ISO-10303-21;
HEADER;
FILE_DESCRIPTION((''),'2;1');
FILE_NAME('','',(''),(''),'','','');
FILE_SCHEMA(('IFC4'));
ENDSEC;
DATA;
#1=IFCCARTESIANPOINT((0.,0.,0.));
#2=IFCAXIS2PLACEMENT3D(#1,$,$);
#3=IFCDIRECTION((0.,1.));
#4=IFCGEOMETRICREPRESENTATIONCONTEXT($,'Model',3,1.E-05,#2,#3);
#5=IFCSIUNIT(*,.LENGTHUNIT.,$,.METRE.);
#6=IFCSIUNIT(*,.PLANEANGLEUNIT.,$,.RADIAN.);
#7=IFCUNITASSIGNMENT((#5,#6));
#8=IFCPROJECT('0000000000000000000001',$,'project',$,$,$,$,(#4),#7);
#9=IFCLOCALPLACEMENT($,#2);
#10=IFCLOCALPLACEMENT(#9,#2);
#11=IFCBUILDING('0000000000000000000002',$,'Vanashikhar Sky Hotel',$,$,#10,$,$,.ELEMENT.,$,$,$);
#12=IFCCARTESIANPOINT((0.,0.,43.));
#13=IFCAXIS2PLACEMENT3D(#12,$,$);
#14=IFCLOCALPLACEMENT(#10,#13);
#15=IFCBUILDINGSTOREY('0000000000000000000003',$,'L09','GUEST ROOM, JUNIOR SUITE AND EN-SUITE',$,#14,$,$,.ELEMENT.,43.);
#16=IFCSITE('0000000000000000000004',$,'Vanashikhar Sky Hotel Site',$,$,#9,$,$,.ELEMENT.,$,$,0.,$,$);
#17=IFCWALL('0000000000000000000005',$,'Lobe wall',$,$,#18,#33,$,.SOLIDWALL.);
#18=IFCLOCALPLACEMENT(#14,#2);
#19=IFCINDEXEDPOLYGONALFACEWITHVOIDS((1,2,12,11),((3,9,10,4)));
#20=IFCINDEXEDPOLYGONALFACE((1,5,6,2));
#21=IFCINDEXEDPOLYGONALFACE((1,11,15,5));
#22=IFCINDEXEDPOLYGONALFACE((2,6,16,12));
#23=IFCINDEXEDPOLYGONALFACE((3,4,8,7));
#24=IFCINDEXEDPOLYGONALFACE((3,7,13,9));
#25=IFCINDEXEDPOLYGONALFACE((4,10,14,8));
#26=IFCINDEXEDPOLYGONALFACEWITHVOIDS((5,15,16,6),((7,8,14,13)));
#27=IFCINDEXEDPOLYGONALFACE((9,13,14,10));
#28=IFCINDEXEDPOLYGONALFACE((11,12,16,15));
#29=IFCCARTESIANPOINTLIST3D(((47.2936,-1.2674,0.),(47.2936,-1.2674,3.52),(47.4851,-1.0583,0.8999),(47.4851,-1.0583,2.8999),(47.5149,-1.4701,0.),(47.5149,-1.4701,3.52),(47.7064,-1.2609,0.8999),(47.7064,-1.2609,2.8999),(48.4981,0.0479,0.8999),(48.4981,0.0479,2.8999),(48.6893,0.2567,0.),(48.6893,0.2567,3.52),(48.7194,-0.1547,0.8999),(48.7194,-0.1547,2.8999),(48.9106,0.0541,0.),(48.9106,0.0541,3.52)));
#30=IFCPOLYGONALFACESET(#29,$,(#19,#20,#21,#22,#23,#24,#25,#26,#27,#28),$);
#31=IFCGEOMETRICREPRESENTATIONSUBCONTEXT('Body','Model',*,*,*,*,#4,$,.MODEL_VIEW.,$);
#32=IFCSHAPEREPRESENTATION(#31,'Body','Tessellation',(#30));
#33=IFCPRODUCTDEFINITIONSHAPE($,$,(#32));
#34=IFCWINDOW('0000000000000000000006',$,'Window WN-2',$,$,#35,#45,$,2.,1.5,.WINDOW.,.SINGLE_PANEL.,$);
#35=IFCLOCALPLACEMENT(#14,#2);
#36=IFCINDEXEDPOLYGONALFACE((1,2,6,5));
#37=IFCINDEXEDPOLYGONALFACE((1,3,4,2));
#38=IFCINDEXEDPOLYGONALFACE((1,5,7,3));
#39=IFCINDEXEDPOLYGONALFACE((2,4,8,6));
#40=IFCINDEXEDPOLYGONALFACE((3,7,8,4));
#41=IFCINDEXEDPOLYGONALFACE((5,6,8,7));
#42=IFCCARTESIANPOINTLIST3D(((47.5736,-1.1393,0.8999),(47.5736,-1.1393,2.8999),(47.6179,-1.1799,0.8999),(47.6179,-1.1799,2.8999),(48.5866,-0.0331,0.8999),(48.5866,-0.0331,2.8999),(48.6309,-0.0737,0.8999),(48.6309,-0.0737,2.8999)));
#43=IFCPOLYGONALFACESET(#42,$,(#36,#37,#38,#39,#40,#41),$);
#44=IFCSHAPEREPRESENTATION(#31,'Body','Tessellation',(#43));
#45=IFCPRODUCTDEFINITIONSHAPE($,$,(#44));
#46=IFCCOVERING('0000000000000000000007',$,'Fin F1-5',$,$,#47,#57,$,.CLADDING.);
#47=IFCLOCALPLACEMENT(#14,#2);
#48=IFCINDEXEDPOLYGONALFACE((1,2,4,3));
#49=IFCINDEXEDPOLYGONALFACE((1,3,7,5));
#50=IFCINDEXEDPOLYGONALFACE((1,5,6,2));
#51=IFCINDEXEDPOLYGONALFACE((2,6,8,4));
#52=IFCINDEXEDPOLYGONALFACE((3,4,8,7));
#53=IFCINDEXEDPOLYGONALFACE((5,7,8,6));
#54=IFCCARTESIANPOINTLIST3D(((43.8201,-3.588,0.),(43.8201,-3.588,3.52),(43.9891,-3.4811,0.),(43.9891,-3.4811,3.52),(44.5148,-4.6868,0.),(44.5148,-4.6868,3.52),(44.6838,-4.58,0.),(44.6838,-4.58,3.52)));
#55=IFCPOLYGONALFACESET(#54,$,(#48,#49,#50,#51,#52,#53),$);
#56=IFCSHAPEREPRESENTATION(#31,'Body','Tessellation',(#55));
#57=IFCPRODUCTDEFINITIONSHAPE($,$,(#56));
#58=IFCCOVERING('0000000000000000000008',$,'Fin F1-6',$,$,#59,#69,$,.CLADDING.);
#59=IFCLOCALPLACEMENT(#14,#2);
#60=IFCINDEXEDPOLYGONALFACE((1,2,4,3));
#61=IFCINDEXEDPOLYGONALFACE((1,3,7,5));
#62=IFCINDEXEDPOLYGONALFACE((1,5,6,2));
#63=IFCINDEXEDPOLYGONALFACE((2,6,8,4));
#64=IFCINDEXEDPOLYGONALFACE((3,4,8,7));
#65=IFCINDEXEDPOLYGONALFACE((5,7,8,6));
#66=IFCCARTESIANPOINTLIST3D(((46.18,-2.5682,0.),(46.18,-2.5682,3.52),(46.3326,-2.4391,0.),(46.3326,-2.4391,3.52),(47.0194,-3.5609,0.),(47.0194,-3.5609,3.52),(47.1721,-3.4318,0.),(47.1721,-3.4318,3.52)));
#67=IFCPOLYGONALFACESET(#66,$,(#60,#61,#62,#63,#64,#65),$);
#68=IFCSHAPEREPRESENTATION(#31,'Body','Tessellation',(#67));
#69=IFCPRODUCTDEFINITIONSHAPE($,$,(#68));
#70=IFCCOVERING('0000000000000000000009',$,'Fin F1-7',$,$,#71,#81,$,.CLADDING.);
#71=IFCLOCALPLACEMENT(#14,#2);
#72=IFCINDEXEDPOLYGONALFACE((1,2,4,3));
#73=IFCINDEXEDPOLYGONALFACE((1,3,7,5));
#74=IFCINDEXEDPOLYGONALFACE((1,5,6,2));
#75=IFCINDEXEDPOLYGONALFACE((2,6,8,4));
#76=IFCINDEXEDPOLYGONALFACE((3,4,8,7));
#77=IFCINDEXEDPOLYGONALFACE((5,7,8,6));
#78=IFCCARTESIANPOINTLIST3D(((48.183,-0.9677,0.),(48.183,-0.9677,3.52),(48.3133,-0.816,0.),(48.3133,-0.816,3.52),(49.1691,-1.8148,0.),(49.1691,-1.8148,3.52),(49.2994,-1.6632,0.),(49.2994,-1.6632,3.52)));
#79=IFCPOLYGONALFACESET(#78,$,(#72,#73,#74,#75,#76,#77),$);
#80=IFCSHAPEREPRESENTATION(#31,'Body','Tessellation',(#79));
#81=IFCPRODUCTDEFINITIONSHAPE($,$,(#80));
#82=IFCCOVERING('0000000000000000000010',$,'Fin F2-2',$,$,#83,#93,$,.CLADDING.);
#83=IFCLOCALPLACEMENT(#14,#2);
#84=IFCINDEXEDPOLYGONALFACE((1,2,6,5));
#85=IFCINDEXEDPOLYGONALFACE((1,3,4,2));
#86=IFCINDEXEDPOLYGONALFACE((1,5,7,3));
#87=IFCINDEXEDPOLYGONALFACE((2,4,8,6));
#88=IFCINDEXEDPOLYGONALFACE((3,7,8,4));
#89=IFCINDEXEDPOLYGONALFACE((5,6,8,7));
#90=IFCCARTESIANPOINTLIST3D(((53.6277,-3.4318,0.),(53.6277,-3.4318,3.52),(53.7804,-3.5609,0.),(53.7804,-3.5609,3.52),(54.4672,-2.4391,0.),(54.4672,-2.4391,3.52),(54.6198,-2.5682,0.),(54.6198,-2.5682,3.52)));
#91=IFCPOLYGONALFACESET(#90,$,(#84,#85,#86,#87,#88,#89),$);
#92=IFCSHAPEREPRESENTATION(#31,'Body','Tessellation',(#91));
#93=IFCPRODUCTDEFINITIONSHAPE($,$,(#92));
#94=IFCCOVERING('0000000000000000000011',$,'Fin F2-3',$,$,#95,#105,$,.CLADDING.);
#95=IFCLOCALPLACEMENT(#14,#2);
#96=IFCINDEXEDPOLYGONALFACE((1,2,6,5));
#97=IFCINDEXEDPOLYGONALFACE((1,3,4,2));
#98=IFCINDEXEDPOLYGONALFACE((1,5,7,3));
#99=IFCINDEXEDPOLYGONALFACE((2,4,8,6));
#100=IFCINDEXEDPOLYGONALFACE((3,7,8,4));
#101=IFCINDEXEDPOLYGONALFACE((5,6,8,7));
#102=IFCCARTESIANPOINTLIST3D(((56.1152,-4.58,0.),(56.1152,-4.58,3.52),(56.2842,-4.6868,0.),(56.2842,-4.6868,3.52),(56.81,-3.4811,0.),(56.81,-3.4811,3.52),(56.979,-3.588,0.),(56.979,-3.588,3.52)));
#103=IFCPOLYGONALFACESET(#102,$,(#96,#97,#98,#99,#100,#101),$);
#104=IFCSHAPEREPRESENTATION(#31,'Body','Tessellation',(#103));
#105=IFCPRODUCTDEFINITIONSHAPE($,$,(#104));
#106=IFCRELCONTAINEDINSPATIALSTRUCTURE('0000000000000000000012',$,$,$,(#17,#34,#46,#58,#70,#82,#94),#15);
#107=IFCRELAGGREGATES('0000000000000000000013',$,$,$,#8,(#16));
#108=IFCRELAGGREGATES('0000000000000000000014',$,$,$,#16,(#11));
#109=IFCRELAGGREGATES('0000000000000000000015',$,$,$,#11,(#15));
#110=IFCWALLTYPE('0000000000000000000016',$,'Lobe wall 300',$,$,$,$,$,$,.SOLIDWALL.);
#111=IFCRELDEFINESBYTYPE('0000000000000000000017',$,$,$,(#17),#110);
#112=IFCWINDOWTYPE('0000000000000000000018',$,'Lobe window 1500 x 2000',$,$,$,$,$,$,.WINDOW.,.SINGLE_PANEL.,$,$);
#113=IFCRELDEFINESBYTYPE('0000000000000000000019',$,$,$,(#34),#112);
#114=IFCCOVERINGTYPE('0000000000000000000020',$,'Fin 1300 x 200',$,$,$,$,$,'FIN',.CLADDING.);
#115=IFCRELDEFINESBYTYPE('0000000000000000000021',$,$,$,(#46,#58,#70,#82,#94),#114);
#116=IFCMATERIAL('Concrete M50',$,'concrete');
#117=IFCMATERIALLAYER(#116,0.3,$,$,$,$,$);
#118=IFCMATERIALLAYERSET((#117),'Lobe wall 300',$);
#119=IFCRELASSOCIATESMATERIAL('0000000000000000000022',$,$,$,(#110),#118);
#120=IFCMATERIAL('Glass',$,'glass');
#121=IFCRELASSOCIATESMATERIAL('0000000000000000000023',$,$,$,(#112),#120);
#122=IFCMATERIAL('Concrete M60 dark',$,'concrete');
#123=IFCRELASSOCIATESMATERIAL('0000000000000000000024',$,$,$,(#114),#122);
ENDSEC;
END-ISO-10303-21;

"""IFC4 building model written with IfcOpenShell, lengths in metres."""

from ifc_helpers import new_model, si_unit, direction, frame, frame_2d, origin, origin_2d, place, context, subcontext, project, spatial, rectangle, extrude, source, transform, mapped, material, layer, layer_set, material_profile, profile_set, type_object, element, fill, save


model = new_model("IFC4")

# Units and contexts
model_context = context("Model", 3, precision=1e-05, world=origin(), true_north=direction((0.0, 1.0)))
body_context = subcontext(model_context, "Body", "Model", "MODEL_VIEW")
ifc_project = project(units=[si_unit("LENGTHUNIT", "METRE"), si_unit("PLANEANGLEUNIT", "RADIAN")], contexts=[model_context])

# Site, building, storey
site_placement = place(None, origin())
site = spatial("IfcSite", under=ifc_project, at=site_placement, Name="Vanashikhar Sky Hotel Site", CompositionType="ELEMENT", RefElevation=0.0)
building_placement = place(site_placement, origin())
building = spatial("IfcBuilding", under=site, at=building_placement, Name="Vanashikhar Sky Hotel", CompositionType="ELEMENT")
storey_placement = place(building_placement, frame((0.0, 0.0, 43.0)))
storey = spatial("IfcBuildingStorey", under=building, at=storey_placement, Name="L09", Description="GUEST ROOM, JUNIOR SUITE AND EN-SUITE", CompositionType="ELEMENT", Elevation=43.0)

# Wall, opening, window
ifc_material_1 = material(Name="Concrete M50", Category="concrete")
ifc_layer = layer(ifc_material_1, 0.3)
ifc_layer_set = layer_set([ifc_layer], Name="Lobe wall 300")
wall_type = type_object("IfcWallType", Name="Lobe wall 300", PredefinedType="SOLIDWALL", material=ifc_layer_set)
shared_shape_1 = source(origin(), body_context, "Body", "SweptSolid", [
    extrude(rectangle(XDim=1.5, YDim=2.0, at=frame_2d((0.75, 1.0))), frame((0.0, 0.1602, 0.0), z_axis=(0.0, -1.0, 0.0), x_axis=(1.0, 0.0, 0.0)), (0.0, 0.0, 1.0), 0.3201),
])
ifc_material_2 = material(Name="Glass", Category="glass")
window_type = type_object("IfcWindowType", Name="Lobe window 1500 x 2000", PartitioningType="SINGLE_PANEL", PredefinedType="WINDOW", material=ifc_material_2)
shared_shape_2 = source(origin(), body_context, "Body", "SweptSolid", [
    extrude(rectangle(XDim=1.5, YDim=2.0, at=frame_2d((0.75, 1.0))), frame((0.0, 0.03, 0.0), z_axis=(0.0, -1.0, 0.0), x_axis=(1.0, 0.0, 0.0)), (0.0, 0.0, 1.0), 0.0601),
])
shared_shape_3 = source(origin(), body_context, "Body", "SweptSolid", [
    extrude(rectangle(XDim=2.0667, YDim=0.3, at=frame_2d((1.0332, 0.0))), origin(), (0.0, 0.0, 1.0), 3.52),
])
wall_1_placement = place(storey_placement, frame((47.4043, -1.3687, 0.0), z_axis=(0.0, 0.0, 1.0), x_axis=(0.675355, 0.737492, 0.0)))
wall_1 = element("IfcWall", 1, at=wall_1_placement, inside=storey, type_object=wall_type, Name="Lobe wall", PredefinedType="SOLIDWALL", context=body_context, shape_type="MappedRepresentation", body=[
    mapped(shared_shape_3, transform((0.0, 0.0, 0.0), scale=1.0)),
])
opening_1_placement = place(wall_1_placement, frame((0.2834, 0.0, 0.8999)))
opening_1 = element("IfcOpeningElement", 2, at=opening_1_placement, cuts=wall_1, PredefinedType="OPENING", context=body_context, shape_type="MappedRepresentation", body=[
    mapped(shared_shape_1, transform((0.0, 0.0, 0.0), scale=1.0)),
])
window_1_placement = place(opening_1_placement, origin())
window_1 = element("IfcWindow", 3, at=window_1_placement, inside=storey, type_object=window_type, Name="Window WN-2", OverallHeight=2.0, OverallWidth=1.5, PartitioningType="SINGLE_PANEL", PredefinedType="WINDOW", context=body_context, shape_type="MappedRepresentation", body=[
    mapped(shared_shape_2, transform((0.0, 0.0, 0.0), scale=1.0)),
])
fill(opening_1, window_1)

# Coverings
ifc_material_3 = material(Name="Concrete M60 dark", Category="concrete")
ifc_material_profile = material_profile(ifc_material_3, rectangle(XDim=1.3, YDim=0.2, at=origin_2d()))
ifc_profile_set = profile_set([ifc_material_profile], Name="Fin 1300 x 200")
covering_type = type_object("IfcCoveringType", Name="Fin 1300 x 200", ElementType="FIN", PredefinedType="CLADDING", material=ifc_profile_set)
shared_shape_4 = source(origin(), body_context, "Body", "SweptSolid", [
    extrude(rectangle(XDim=1.3, YDim=0.2, at=origin_2d()), origin(), (0.0, 0.0, 1.0), 3.52),
])
for number, where, z_axis, x_axis, name in (
    (4, (44.252, -4.084, 0.0), (0.0, 0.0, 1.0), (0.534411, -0.845225, 0.0), "Fin F1-5"),
    (5, (46.676, -3.0, 0.0), (0.0, 0.0, 1.0), (0.645698, -0.763593, 0.0), "Fin F1-6"),
    (6, (48.7412, -1.3154, 0.0), (0.0, 0.0, 1.0), (0.758544, -0.651622, 0.0), "Fin F1-7"),
    (7, (54.1238, -3.0, 0.0), (0.0, 0.0, 1.0), (-0.645698, -0.763593, 0.0), "Fin F2-2"),
    (8, (56.5471, -4.084, 0.0), (0.0, 0.0, 1.0), (-0.534411, -0.845225, 0.0), "Fin F2-3"),
):
    element("IfcCovering", number, at=place(storey_placement, frame(where, z_axis=z_axis, x_axis=x_axis)), inside=storey, type_object=covering_type, Name=name, PredefinedType="CLADDING", context=body_context, shape_type="MappedRepresentation", body=[
        mapped(shared_shape_4, transform((0.0, 0.0, 0.0), scale=1.0)),
    ])

save(model, "model.ifc")
